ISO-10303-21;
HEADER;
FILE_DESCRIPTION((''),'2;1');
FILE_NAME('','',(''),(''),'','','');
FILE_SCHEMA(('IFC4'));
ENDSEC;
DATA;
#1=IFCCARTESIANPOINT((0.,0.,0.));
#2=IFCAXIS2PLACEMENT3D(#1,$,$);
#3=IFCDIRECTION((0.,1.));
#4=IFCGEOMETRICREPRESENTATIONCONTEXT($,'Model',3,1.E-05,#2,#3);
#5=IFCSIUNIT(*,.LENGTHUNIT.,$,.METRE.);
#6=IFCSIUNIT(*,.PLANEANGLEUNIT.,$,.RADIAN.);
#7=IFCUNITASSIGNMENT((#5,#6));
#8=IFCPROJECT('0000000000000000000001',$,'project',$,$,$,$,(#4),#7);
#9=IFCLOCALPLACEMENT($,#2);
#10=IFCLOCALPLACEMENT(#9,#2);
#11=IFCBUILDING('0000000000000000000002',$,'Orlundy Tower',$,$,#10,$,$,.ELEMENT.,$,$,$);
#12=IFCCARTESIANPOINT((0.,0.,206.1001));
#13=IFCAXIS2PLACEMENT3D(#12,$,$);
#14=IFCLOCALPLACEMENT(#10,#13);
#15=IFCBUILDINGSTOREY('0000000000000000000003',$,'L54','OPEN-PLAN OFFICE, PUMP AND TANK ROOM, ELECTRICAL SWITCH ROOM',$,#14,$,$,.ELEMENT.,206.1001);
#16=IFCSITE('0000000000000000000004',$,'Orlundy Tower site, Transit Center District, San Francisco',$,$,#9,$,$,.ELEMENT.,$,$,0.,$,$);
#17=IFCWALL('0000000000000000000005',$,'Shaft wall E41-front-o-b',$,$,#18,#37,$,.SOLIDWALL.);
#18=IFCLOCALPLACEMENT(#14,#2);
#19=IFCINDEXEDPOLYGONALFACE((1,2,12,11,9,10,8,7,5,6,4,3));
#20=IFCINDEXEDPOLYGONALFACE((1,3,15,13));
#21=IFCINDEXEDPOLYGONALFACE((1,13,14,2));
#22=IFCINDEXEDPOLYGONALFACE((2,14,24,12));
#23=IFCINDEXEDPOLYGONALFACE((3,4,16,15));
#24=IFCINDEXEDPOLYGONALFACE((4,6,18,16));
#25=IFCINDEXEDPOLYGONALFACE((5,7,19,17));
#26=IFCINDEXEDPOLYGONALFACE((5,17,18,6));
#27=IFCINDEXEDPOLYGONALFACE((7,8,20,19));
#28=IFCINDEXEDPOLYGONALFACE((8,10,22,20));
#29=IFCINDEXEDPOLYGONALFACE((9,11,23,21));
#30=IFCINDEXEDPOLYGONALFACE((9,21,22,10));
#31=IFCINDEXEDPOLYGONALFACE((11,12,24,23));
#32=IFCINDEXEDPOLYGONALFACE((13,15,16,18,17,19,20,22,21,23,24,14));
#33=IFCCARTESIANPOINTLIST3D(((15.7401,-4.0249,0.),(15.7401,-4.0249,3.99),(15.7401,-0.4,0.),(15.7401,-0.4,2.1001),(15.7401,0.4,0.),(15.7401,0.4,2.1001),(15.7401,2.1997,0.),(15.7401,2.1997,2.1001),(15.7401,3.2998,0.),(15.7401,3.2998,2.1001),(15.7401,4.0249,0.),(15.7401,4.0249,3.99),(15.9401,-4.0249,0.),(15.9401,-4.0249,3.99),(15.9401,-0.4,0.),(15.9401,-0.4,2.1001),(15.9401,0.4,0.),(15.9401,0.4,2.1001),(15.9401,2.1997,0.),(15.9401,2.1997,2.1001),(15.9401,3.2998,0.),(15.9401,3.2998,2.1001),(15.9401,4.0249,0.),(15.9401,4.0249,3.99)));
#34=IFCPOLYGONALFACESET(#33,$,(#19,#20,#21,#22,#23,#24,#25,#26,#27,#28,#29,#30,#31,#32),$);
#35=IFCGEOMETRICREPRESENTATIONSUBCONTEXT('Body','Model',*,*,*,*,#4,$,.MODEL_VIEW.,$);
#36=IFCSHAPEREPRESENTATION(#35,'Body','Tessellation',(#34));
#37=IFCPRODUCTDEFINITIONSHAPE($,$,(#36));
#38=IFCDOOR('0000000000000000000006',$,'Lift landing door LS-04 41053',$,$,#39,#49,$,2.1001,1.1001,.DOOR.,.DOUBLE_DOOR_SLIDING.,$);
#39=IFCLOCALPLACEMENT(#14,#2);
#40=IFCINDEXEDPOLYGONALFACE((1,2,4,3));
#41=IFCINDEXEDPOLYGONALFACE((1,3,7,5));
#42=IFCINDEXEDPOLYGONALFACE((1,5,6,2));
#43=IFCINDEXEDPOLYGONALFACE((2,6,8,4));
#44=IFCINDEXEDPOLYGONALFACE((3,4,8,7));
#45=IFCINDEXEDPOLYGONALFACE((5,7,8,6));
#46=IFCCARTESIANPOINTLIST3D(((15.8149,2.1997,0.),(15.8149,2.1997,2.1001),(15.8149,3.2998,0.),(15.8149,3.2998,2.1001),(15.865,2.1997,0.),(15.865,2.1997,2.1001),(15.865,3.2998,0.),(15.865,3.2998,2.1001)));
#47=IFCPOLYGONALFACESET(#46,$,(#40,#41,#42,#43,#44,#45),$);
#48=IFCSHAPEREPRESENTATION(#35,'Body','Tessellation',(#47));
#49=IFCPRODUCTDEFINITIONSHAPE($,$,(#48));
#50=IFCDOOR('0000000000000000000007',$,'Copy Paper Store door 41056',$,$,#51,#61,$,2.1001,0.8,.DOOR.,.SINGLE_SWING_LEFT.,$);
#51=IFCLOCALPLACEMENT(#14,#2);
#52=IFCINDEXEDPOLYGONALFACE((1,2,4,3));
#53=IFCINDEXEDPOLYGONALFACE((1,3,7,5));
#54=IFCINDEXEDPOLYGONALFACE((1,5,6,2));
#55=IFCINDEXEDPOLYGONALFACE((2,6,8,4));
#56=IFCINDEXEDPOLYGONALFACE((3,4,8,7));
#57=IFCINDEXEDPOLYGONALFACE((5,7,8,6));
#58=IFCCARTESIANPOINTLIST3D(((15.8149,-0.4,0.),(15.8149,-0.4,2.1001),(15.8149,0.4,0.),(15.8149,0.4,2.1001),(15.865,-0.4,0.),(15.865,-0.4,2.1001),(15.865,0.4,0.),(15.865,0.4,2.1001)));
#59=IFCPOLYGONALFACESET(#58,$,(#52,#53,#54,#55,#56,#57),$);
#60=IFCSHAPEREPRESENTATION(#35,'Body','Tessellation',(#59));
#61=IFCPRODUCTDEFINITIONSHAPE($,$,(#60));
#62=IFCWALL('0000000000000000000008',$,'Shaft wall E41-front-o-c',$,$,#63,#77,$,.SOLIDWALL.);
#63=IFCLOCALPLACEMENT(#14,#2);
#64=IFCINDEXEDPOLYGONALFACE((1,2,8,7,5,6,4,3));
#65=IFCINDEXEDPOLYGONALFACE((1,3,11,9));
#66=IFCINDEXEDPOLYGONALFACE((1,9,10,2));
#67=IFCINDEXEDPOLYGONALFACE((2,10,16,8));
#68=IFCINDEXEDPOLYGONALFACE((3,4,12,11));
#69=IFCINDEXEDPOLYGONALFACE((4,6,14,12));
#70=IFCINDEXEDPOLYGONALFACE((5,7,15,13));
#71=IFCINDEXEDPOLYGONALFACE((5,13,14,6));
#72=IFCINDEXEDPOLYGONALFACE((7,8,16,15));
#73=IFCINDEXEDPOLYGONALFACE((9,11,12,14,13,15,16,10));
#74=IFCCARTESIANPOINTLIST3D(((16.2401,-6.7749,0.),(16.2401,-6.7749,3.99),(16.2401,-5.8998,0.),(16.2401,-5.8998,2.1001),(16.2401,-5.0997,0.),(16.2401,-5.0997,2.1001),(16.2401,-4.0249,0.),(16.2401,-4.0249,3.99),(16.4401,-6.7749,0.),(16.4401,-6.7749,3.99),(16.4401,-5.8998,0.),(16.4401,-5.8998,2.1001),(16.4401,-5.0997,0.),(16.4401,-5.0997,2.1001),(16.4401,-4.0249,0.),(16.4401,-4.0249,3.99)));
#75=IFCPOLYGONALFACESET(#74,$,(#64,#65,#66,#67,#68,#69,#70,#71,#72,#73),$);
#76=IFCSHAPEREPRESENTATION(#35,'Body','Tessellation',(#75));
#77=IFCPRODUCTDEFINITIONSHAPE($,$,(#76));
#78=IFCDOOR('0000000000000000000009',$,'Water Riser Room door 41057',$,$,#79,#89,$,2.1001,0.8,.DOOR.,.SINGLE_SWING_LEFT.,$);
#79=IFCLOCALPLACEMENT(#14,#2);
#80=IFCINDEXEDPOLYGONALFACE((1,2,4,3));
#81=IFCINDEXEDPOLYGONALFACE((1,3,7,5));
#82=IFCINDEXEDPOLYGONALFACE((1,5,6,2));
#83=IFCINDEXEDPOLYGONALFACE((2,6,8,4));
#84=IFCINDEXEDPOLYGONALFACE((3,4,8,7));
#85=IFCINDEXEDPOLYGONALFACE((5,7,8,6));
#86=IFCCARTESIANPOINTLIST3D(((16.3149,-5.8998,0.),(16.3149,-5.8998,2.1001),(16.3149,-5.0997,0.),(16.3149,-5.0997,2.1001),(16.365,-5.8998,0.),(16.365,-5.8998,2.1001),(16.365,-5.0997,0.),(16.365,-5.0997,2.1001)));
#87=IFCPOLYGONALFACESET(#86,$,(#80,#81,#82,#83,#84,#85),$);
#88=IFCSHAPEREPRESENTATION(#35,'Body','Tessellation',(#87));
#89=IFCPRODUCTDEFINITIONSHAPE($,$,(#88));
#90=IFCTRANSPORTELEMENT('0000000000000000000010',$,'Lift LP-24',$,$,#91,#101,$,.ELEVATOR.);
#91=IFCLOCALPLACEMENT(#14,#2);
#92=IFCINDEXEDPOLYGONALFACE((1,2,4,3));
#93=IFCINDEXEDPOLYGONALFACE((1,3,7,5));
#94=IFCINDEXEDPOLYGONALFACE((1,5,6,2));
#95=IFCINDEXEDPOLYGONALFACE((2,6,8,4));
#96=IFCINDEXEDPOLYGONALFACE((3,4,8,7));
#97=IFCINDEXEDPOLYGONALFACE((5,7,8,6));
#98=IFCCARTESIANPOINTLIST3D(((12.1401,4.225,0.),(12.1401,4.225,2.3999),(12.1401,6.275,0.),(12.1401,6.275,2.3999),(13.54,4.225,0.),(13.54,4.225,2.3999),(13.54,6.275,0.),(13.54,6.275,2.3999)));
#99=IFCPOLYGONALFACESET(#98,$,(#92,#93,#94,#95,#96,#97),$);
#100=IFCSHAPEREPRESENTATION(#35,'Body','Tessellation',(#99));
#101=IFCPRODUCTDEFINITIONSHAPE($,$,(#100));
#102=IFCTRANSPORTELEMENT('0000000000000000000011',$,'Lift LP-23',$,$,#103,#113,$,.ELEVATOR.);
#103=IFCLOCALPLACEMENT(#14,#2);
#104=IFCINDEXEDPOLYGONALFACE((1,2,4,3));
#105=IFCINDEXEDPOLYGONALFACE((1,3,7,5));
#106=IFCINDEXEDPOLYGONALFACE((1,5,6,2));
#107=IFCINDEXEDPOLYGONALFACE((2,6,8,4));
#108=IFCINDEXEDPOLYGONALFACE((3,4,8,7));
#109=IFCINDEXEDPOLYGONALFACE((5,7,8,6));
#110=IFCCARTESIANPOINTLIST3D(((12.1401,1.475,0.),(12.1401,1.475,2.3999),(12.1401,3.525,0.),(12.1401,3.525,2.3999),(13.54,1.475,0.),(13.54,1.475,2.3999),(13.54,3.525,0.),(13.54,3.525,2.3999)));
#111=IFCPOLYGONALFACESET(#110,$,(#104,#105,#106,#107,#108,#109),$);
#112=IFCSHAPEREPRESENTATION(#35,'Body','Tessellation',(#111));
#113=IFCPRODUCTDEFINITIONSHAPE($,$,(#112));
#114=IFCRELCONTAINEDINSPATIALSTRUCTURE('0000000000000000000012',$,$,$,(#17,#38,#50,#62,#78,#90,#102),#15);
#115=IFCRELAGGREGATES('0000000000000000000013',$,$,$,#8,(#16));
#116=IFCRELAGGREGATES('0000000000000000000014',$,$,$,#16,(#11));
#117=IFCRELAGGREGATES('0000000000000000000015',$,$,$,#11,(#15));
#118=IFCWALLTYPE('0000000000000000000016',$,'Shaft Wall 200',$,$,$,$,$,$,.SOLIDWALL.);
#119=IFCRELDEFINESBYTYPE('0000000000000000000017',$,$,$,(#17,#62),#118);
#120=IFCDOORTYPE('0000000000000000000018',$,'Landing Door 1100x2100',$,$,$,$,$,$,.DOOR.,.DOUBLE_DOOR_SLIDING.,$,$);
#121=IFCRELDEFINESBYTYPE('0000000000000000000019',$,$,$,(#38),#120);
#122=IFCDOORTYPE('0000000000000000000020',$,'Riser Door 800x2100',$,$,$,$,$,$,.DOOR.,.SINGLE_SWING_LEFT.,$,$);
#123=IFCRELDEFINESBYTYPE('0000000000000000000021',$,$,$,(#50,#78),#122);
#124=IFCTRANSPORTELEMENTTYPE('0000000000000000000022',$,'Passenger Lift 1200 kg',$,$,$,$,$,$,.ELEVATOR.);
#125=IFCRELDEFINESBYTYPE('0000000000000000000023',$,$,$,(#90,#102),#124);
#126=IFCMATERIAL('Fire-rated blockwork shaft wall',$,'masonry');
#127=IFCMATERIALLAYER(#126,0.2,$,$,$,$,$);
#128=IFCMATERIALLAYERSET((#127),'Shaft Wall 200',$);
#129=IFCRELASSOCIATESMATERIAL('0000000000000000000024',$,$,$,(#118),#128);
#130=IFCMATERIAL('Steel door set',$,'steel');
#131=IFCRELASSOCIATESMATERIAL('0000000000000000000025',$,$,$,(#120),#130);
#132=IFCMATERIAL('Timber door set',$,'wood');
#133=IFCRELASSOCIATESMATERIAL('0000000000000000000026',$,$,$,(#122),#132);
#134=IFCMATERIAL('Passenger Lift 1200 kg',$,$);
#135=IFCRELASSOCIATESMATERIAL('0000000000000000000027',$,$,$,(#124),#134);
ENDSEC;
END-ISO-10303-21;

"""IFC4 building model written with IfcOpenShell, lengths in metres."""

from ifc_helpers import new_model, si_unit, direction, frame, frame_2d, origin, origin_2d, place, context, subcontext, project, spatial, rectangle, extrude, material, layer, layer_set, type_object, element, fill, save


model = new_model("IFC4")

# Units and contexts
model_context = context("Model", 3, precision=1e-05, world=origin(), true_north=direction((0.0, 1.0)))
body_context = subcontext(model_context, "Body", "Model", "MODEL_VIEW")
ifc_project = project(units=[si_unit("LENGTHUNIT", "METRE"), si_unit("PLANEANGLEUNIT", "RADIAN")], contexts=[model_context])

# Site, building, storey
site_placement = place(None, origin())
site = spatial("IfcSite", under=ifc_project, at=site_placement, Name="Orlundy Tower site, Transit Center District, San Francisco", CompositionType="ELEMENT", RefElevation=0.0)
building_placement = place(site_placement, origin())
building = spatial("IfcBuilding", under=site, at=building_placement, Name="Orlundy Tower", CompositionType="ELEMENT")
storey_placement = place(building_placement, frame((0.0, 0.0, 206.1001)))
storey = spatial("IfcBuildingStorey", under=building, at=storey_placement, Name="L54", Description="OPEN-PLAN OFFICE, PUMP AND TANK ROOM, ELECTRICAL SWITCH ROOM", CompositionType="ELEMENT", Elevation=206.1001)

# Shared definitions
ifc_material_1 = material(Name="Fire-rated blockwork shaft wall", Category="masonry")
ifc_layer_1 = layer(ifc_material_1, 0.2)
ifc_layer_set_1 = layer_set([ifc_layer_1], Name="Shaft Wall 200")
wall_type_1 = type_object("IfcWallType", Name="Shaft Wall 200", PredefinedType="SOLIDWALL", material=ifc_layer_set_1)

# Shared definitions
ifc_material_2 = material(Name="Steel door set", Category="steel")
door_type_1 = type_object("IfcDoorType", Name="Landing Door 1100x2100", OperationType="DOUBLE_DOOR_SLIDING", PredefinedType="DOOR", material=ifc_material_2)

# Wall, openings, doors
wall_1_placement = place(storey_placement, frame((15.8401, 4.0249, 0.0), z_axis=(0.0, 0.0, 1.0), x_axis=(0.0, -1.0, 0.0)))
wall_1 = element("IfcWall", 1, at=wall_1_placement, inside=storey, type_object=wall_type_1, Name="Shaft wall E41-front-o-b", PredefinedType="SOLIDWALL", context=body_context, shape_type="SweptSolid", body=[
    extrude(rectangle(XDim=8.0498, YDim=0.2, at=frame_2d((4.0249, 0.0))), origin(), (0.0, 0.0, 1.0), 3.99),
])
opening_1_placement = place(wall_1_placement, frame((0.7251, 0.0, 0.0)))
opening_1 = element("IfcOpeningElement", 2, at=opening_1_placement, cuts=wall_1, PredefinedType="OPENING", context=body_context, shape_type="SweptSolid", body=[
    extrude(rectangle(XDim=1.1001, YDim=2.1001, at=frame_2d((0.55, 1.05))), frame((0.0, 0.1101, 0.0), z_axis=(0.0, -1.0, 0.0), x_axis=(1.0, 0.0, 0.0)), (0.0, 0.0, 1.0), 0.2202),
])
opening_2_placement = place(wall_1_placement, frame((3.625, 0.0, 0.0)))
opening_2 = element("IfcOpeningElement", 3, at=opening_2_placement, cuts=wall_1, PredefinedType="OPENING", context=body_context, shape_type="SweptSolid", body=[
    extrude(rectangle(XDim=0.8, YDim=2.1001, at=frame_2d((0.3999, 1.05))), frame((0.0, 0.1101, 0.0), z_axis=(0.0, -1.0, 0.0), x_axis=(1.0, 0.0, 0.0)), (0.0, 0.0, 1.0), 0.2202),
])
door_1_placement = place(opening_1_placement, origin())
door_1 = element("IfcDoor", 4, at=door_1_placement, inside=storey, type_object=door_type_1, Name="Lift landing door LS-04 41053", OperationType="DOUBLE_DOOR_SLIDING", OverallHeight=2.1001, OverallWidth=1.1001, PredefinedType="DOOR", context=body_context, shape_type="SweptSolid", body=[
    extrude(rectangle(XDim=1.1001, YDim=2.1001, at=frame_2d((0.55, 1.05))), frame((0.0, 0.0249, 0.0), z_axis=(0.0, -1.0, 0.0), x_axis=(1.0, 0.0, 0.0)), (0.0, 0.0, 1.0), 0.05),
])
fill(opening_1, door_1)
ifc_material_3 = material(Name="Timber door set", Category="wood")
door_type_2 = type_object("IfcDoorType", Name="Riser Door 800x2100", OperationType="SINGLE_SWING_LEFT", PredefinedType="DOOR", material=ifc_material_3)
door_2_placement = place(opening_2_placement, origin())
door_2 = element("IfcDoor", 5, at=door_2_placement, inside=storey, type_object=door_type_2, Name="Copy Paper Store door 41056", OperationType="SINGLE_SWING_LEFT", OverallHeight=2.1001, OverallWidth=0.8, PredefinedType="DOOR", context=body_context, shape_type="SweptSolid", body=[
    extrude(rectangle(XDim=0.8, YDim=2.1001, at=frame_2d((0.3999, 1.05))), frame((0.0, 0.0249, 0.0), z_axis=(0.0, -1.0, 0.0), x_axis=(1.0, 0.0, 0.0)), (0.0, 0.0, 1.0), 0.05),
])
fill(opening_2, door_2)

# Wall, opening, door
wall_2_placement = place(storey_placement, frame((16.3401, -4.0249, 0.0), z_axis=(0.0, 0.0, 1.0), x_axis=(0.0, -1.0, 0.0)))
wall_2 = element("IfcWall", 6, at=wall_2_placement, inside=storey, type_object=wall_type_1, Name="Shaft wall E41-front-o-c", PredefinedType="SOLIDWALL", context=body_context, shape_type="SweptSolid", body=[
    extrude(rectangle(XDim=2.75, YDim=0.2, at=frame_2d((1.375, 0.0))), origin(), (0.0, 0.0, 1.0), 3.99),
])
opening_3_placement = place(wall_2_placement, frame((1.075, 0.0, 0.0)))
opening_3 = element("IfcOpeningElement", 7, at=opening_3_placement, cuts=wall_2, PredefinedType="OPENING", context=body_context, shape_type="SweptSolid", body=[
    extrude(rectangle(XDim=0.8, YDim=2.1001, at=frame_2d((0.3999, 1.05))), frame((0.0, 0.1101, 0.0), z_axis=(0.0, -1.0, 0.0), x_axis=(1.0, 0.0, 0.0)), (0.0, 0.0, 1.0), 0.2202),
])
door_3_placement = place(opening_3_placement, origin())
door_3 = element("IfcDoor", 8, at=door_3_placement, inside=storey, type_object=door_type_2, Name="Water Riser Room door 41057", OperationType="SINGLE_SWING_LEFT", OverallHeight=2.1001, OverallWidth=0.8, PredefinedType="DOOR", context=body_context, shape_type="SweptSolid", body=[
    extrude(rectangle(XDim=0.8, YDim=2.1001, at=frame_2d((0.3999, 1.05))), frame((0.0, 0.0249, 0.0), z_axis=(0.0, -1.0, 0.0), x_axis=(1.0, 0.0, 0.0)), (0.0, 0.0, 1.0), 0.05),
])
fill(opening_3, door_3)

# Transport elements
ifc_material_4 = material(Name="Passenger Lift 1200 kg")
transport_element_type = type_object("IfcTransportElementType", Name="Passenger Lift 1200 kg", PredefinedType="ELEVATOR", material=ifc_material_4)
for number, where, z_axis, x_axis, name in (
    (9, (12.8401, 5.25, 0.0), (0.0, 0.0, 1.0), (1.0, 0.0, 0.0), "Lift LP-24"),
    (10, (12.8401, 2.5, 0.0), (0.0, 0.0, 1.0), (1.0, 0.0, 0.0), "Lift LP-23"),
):
    element("IfcTransportElement", number, at=place(storey_placement, frame(where, z_axis=z_axis, x_axis=x_axis)), inside=storey, type_object=transport_element_type, Name=name, PredefinedType="ELEVATOR", context=body_context, shape_type="SweptSolid", body=[
        extrude(rectangle(XDim=1.3999, YDim=2.05, at=origin_2d()), origin(), (0.0, 0.0, 1.0), 2.3999),
    ])

save(model, "model.ifc")
